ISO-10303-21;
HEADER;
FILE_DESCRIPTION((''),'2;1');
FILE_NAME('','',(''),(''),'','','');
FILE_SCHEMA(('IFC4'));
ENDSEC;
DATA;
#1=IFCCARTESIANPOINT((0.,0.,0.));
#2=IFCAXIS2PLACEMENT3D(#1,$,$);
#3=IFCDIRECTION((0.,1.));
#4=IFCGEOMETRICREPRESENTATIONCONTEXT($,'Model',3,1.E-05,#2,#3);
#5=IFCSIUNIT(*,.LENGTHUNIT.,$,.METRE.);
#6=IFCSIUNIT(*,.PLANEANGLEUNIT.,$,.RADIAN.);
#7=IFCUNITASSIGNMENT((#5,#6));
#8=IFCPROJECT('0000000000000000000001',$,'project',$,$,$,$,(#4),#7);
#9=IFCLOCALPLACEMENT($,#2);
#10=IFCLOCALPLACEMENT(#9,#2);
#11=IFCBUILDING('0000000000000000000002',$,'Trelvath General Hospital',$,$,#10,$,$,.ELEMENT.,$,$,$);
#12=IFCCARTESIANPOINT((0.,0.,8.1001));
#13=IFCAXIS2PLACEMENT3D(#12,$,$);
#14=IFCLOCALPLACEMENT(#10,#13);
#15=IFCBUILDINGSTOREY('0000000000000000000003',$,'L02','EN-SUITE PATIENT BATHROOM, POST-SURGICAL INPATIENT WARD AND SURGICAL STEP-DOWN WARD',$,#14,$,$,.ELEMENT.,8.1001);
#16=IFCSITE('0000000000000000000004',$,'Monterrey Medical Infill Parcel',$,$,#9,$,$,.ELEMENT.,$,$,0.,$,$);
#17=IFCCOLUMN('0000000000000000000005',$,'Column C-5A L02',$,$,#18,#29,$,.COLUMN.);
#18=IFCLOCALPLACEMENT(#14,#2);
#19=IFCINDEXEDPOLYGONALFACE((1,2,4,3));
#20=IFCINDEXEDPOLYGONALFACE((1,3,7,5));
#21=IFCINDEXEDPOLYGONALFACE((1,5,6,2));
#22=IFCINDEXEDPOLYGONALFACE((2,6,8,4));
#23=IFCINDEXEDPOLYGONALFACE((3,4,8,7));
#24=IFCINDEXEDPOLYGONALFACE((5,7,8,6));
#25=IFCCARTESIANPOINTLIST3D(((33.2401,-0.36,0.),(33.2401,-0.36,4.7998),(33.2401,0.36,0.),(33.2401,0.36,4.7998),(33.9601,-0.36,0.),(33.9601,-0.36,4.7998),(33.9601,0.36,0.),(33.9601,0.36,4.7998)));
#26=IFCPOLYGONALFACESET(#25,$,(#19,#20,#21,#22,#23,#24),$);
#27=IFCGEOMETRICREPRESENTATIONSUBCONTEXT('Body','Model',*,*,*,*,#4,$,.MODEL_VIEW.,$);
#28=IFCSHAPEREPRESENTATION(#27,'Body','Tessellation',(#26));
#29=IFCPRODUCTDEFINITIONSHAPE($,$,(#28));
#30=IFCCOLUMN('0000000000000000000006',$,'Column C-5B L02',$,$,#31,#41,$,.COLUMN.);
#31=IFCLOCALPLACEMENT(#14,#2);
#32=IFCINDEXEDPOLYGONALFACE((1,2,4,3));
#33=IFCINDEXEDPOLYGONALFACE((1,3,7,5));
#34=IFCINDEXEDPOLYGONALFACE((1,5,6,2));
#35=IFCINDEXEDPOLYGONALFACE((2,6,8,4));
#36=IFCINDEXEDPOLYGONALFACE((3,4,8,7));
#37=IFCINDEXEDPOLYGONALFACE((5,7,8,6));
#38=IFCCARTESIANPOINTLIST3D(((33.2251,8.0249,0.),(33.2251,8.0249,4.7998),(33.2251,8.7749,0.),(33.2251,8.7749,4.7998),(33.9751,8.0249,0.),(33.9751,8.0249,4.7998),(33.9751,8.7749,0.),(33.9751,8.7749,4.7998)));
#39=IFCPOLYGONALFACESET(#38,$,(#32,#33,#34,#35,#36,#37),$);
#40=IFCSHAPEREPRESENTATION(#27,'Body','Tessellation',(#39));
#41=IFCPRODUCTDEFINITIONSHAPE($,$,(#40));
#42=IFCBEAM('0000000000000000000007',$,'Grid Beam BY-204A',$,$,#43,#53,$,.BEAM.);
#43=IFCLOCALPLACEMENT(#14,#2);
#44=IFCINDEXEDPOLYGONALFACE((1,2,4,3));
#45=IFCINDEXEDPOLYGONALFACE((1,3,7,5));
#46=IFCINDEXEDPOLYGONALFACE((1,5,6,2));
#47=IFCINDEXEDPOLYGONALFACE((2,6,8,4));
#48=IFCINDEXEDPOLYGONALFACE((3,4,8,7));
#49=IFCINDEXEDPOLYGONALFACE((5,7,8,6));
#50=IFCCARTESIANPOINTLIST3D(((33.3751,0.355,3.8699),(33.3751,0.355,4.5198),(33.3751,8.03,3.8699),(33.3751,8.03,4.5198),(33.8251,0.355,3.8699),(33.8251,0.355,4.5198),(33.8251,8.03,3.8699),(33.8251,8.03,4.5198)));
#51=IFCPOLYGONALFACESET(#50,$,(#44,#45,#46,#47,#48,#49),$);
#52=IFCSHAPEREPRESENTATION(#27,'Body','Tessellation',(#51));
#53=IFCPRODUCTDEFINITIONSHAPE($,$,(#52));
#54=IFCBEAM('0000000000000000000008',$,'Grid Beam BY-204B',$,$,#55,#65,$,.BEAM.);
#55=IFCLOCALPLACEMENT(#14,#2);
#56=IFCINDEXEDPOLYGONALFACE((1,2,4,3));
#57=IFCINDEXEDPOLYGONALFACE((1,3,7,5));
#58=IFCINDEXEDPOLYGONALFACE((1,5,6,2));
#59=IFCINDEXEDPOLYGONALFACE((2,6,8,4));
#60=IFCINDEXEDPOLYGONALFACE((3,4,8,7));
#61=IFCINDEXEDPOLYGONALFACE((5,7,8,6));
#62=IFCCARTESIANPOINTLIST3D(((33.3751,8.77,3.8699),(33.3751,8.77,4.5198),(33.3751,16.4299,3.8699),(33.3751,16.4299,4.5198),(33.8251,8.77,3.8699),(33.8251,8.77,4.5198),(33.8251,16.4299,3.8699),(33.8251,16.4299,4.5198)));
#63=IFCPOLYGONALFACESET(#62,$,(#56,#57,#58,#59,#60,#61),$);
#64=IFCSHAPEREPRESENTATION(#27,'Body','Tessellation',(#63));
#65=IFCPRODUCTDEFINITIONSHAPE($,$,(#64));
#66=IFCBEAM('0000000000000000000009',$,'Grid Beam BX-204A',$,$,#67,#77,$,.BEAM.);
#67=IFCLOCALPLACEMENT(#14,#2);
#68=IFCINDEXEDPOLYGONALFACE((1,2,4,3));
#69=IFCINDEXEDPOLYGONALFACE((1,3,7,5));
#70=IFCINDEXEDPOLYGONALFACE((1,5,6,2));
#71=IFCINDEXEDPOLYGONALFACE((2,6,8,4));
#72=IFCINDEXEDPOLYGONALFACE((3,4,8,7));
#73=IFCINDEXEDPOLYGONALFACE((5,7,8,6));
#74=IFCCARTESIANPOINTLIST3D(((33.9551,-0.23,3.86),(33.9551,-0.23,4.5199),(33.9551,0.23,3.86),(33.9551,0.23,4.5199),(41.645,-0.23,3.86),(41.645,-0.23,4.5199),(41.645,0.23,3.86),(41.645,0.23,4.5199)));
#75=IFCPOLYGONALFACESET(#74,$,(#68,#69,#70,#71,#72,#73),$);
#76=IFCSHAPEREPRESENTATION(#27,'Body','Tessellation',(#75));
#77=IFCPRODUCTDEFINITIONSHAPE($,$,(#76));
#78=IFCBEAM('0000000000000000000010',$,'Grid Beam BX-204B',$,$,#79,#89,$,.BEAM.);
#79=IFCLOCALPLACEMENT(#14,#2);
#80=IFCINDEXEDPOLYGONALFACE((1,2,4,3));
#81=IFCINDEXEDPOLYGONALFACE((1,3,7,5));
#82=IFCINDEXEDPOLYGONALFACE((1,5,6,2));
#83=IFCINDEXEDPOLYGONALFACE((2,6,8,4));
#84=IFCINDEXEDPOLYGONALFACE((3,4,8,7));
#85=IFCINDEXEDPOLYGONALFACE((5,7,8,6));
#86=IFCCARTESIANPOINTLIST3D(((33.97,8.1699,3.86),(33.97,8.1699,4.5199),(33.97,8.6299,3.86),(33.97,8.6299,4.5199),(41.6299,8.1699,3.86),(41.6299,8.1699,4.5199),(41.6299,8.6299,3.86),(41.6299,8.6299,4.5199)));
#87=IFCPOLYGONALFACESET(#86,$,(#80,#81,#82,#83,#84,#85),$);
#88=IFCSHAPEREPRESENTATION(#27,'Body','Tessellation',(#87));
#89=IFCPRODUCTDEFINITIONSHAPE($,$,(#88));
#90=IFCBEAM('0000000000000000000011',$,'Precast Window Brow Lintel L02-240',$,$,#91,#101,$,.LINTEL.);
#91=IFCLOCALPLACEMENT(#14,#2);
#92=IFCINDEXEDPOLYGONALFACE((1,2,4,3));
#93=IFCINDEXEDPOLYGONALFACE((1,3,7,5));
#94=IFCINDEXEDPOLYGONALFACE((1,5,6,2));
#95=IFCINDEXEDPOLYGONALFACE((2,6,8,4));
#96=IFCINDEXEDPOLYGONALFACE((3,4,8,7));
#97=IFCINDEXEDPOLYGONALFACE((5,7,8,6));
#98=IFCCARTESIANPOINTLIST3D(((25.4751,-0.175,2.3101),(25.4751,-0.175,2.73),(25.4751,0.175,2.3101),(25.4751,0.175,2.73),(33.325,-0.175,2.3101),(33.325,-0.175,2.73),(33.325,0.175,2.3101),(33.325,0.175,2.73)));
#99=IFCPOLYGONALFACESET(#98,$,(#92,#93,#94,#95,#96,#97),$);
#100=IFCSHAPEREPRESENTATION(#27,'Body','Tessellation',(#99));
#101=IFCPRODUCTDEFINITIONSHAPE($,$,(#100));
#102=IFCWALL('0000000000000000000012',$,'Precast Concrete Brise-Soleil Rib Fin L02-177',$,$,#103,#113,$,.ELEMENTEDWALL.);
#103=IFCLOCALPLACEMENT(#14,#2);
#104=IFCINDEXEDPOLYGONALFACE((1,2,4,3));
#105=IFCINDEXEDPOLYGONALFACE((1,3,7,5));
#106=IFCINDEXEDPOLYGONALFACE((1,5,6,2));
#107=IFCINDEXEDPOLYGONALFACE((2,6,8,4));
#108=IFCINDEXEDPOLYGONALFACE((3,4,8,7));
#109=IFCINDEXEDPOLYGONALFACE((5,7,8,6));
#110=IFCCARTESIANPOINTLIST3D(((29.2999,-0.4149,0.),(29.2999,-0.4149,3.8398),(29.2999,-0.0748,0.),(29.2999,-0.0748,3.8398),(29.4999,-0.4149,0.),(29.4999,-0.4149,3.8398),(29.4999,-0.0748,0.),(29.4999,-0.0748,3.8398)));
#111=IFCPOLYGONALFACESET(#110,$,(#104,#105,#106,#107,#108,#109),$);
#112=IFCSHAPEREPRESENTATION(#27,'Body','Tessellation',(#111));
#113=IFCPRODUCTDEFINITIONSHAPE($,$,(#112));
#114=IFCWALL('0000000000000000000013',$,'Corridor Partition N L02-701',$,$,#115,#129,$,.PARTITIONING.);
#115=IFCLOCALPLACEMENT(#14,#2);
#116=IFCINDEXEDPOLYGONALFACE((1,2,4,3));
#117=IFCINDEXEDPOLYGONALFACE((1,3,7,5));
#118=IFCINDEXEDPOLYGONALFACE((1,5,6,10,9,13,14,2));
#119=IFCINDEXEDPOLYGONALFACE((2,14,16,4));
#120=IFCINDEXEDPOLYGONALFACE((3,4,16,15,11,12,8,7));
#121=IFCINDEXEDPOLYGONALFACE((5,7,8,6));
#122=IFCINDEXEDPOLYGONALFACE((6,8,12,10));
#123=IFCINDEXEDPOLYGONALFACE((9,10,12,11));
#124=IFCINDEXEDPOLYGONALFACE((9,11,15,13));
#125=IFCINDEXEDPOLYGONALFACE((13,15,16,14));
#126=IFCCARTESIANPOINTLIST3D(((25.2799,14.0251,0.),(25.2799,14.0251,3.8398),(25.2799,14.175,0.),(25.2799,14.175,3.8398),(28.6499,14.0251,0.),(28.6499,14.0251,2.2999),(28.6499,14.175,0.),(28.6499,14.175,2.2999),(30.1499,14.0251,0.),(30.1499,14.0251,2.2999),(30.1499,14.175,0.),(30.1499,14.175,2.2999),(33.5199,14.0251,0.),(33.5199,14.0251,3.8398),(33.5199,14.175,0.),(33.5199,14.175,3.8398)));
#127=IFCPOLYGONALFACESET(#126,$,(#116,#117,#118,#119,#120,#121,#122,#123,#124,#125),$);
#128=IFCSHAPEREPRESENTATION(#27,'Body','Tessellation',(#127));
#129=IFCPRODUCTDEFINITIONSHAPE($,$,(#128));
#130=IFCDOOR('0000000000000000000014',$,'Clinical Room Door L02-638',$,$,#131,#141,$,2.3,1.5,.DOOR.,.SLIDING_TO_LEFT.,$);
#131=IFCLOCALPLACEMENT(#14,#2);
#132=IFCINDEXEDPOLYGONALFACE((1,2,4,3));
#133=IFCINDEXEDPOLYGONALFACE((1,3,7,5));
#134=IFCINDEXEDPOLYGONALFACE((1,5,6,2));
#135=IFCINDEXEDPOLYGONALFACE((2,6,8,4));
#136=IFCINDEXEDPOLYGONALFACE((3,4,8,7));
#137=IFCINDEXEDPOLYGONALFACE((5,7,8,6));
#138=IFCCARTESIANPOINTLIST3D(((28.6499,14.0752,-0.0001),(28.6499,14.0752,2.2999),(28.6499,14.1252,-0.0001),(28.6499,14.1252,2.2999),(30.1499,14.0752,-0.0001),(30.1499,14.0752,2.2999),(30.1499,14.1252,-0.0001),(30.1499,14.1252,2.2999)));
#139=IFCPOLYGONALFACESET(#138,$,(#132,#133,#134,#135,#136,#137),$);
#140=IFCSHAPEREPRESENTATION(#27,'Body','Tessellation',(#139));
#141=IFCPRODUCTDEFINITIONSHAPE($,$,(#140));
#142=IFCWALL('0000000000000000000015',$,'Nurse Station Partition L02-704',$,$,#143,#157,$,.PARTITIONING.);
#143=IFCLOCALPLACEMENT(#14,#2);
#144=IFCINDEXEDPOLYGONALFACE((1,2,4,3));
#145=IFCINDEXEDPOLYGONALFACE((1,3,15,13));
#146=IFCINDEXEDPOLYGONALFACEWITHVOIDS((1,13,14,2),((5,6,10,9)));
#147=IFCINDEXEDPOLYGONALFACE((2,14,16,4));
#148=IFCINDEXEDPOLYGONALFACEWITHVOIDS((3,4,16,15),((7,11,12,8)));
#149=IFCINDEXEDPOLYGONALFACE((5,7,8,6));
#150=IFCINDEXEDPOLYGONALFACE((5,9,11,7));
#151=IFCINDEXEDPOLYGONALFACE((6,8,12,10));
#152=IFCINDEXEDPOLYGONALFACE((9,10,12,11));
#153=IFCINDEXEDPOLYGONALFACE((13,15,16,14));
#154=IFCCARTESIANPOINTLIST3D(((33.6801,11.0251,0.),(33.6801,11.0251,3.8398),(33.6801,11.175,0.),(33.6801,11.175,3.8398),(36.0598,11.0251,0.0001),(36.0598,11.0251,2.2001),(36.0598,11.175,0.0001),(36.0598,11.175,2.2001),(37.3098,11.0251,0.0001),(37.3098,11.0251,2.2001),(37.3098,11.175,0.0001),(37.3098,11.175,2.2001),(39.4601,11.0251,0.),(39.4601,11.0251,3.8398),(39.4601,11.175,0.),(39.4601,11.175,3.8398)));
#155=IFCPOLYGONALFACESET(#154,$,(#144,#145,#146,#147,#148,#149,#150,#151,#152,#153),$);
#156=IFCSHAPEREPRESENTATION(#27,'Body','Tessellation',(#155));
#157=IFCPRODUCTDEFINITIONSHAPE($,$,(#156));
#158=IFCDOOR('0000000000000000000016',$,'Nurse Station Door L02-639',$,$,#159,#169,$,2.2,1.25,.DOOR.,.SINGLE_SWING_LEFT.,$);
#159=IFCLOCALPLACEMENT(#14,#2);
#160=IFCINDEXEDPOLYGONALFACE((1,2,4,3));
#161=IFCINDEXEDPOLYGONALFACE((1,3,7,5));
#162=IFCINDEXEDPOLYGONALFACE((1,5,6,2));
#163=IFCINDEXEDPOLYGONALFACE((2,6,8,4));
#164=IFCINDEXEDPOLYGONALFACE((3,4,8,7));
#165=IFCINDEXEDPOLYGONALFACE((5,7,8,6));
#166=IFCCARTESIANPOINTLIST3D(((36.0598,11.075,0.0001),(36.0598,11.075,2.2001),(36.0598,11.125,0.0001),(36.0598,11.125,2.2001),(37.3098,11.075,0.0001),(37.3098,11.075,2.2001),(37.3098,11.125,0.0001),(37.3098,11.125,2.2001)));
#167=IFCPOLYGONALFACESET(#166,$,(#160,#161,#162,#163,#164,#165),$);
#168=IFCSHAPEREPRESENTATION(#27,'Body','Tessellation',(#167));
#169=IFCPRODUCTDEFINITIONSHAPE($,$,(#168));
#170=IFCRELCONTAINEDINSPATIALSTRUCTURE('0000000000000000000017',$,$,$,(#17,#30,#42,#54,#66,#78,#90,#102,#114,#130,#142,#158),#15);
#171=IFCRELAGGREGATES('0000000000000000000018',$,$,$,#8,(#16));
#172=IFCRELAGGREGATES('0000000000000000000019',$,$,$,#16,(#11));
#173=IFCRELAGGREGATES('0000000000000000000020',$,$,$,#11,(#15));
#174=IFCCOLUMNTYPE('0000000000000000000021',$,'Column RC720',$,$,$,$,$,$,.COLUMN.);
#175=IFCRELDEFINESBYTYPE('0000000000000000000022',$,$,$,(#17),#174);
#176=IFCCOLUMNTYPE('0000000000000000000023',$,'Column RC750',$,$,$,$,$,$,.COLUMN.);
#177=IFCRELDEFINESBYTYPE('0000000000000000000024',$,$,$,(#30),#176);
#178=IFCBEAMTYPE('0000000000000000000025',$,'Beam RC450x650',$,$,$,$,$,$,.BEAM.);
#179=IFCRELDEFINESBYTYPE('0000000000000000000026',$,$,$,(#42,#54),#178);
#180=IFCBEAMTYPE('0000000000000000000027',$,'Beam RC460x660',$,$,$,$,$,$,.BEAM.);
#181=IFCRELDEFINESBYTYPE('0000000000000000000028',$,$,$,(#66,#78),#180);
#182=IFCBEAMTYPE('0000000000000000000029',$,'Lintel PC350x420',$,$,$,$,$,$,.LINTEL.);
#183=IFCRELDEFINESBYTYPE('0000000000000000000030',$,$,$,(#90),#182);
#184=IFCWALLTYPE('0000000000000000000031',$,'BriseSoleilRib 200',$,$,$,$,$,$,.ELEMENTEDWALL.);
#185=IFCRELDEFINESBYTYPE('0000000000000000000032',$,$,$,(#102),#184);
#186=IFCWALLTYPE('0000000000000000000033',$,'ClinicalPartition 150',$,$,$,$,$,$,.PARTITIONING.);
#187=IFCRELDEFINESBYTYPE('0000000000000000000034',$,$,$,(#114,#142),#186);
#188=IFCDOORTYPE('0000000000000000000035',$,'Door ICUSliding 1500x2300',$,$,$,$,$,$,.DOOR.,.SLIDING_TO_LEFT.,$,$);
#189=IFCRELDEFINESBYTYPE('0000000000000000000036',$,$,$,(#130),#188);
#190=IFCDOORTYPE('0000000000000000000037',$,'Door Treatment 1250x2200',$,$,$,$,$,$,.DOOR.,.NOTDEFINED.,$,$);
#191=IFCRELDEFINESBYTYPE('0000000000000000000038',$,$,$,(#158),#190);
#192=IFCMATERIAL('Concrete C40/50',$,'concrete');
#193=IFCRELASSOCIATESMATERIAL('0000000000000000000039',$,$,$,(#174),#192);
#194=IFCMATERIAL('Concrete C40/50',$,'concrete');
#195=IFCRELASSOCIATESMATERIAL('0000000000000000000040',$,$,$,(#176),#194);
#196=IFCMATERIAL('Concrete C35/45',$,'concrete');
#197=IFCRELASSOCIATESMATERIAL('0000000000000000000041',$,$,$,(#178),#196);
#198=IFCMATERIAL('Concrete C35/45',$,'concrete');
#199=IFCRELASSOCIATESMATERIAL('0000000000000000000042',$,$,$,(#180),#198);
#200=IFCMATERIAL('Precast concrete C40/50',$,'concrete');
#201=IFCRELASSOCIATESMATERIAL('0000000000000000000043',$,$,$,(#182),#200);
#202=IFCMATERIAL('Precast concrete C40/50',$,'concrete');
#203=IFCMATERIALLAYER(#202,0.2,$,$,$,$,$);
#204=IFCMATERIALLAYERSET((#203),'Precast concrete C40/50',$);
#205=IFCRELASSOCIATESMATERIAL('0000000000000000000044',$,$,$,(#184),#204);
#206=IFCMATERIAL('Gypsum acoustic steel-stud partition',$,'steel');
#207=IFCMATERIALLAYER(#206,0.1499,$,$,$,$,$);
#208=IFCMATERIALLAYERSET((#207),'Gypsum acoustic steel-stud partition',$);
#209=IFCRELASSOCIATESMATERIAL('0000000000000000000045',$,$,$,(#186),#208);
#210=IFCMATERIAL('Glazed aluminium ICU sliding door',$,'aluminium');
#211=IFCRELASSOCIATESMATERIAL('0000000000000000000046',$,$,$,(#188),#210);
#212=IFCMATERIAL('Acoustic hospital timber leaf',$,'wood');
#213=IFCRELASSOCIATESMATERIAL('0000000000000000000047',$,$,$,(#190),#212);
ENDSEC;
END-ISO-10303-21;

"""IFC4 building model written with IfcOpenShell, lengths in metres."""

from ifc_helpers import new_model, si_unit, direction, frame, frame_2d, origin, origin_2d, place, context, subcontext, project, spatial, rectangle, extrude, material, layer, layer_set, material_profile, profile_set, type_object, element, fill, save


model = new_model("IFC4")

# Units and contexts
model_context = context("Model", 3, precision=1e-05, world=origin(), true_north=direction((0.0, 1.0)))
body_context = subcontext(model_context, "Body", "Model", "MODEL_VIEW")
ifc_project = project(units=[si_unit("LENGTHUNIT", "METRE"), si_unit("PLANEANGLEUNIT", "RADIAN")], contexts=[model_context])

# Site, building, storey
site_placement = place(None, origin())
site = spatial("IfcSite", under=ifc_project, at=site_placement, Name="Monterrey Medical Infill Parcel", CompositionType="ELEMENT", RefElevation=0.0)
building_placement = place(site_placement, origin())
building = spatial("IfcBuilding", under=site, at=building_placement, Name="Trelvath General Hospital", CompositionType="ELEMENT")
storey_placement = place(building_placement, frame((0.0, 0.0, 8.1001)))
storey = spatial("IfcBuildingStorey", under=building, at=storey_placement, Name="L02", Description="EN-SUITE PATIENT BATHROOM, POST-SURGICAL INPATIENT WARD AND SURGICAL STEP-DOWN WARD", CompositionType="ELEMENT", Elevation=8.1001)

# Columns
ifc_material_1 = material(Name="Concrete C40/50", Category="concrete")
ifc_material_profile_1 = material_profile(ifc_material_1, rectangle(XDim=0.72, YDim=0.72, at=origin_2d()), Name="RC720x720")
ifc_profile_set_1 = profile_set([ifc_material_profile_1], Name="Concrete C40/50")
column_type_1 = type_object("IfcColumnType", Name="Column RC720", PredefinedType="COLUMN", material=ifc_profile_set_1)
column_1_placement = place(storey_placement, frame((33.6001, 0.0, 0.0), z_axis=(0.0, 0.0, 1.0), x_axis=(1.0, 0.0, 0.0)))
element("IfcColumn", 1, at=column_1_placement, inside=storey, type_object=column_type_1, Name="Column C-5A L02", PredefinedType="COLUMN", context=body_context, shape_type="SweptSolid", body=[
    extrude(rectangle(XDim=0.72, YDim=0.72, at=origin_2d()), origin(), (0.0, 0.0, 1.0), 4.7998),
])
ifc_material_2 = material(Name="Concrete C40/50", Category="concrete")
ifc_material_profile_2 = material_profile(ifc_material_2, rectangle(XDim=0.75, YDim=0.75, at=origin_2d()), Name="RC750x750")
ifc_profile_set_2 = profile_set([ifc_material_profile_2], Name="Concrete C40/50")
column_type_2 = type_object("IfcColumnType", Name="Column RC750", PredefinedType="COLUMN", material=ifc_profile_set_2)
column_2_placement = place(storey_placement, frame((33.6001, 8.3999, 0.0), z_axis=(0.0, 0.0, 1.0), x_axis=(1.0, 0.0, 0.0)))
element("IfcColumn", 2, at=column_2_placement, inside=storey, type_object=column_type_2, Name="Column C-5B L02", PredefinedType="COLUMN", context=body_context, shape_type="SweptSolid", body=[
    extrude(rectangle(XDim=0.75, YDim=0.75, at=origin_2d()), origin(), (0.0, 0.0, 1.0), 4.7998),
])

# Beams
ifc_material_3 = material(Name="Concrete C35/45", Category="concrete")
ifc_material_profile_3 = material_profile(ifc_material_3, rectangle(XDim=0.45, YDim=0.6499, at=origin_2d()), Name="RCB450x650")
ifc_profile_set_3 = profile_set([ifc_material_profile_3], Name="Concrete C35/45")
beam_type_1 = type_object("IfcBeamType", Name="Beam RC450x650", PredefinedType="BEAM", material=ifc_profile_set_3)
beam_1_placement = place(storey_placement, frame((33.6001, 0.355, 4.1948), z_axis=(0.0, 1.0, 0.0), x_axis=(-1.0, 0.0, 0.0)))
element("IfcBeam", 3, at=beam_1_placement, inside=storey, type_object=beam_type_1, Name="Grid Beam BY-204A", PredefinedType="BEAM", context=body_context, shape_type="SweptSolid", body=[
    extrude(rectangle(XDim=0.45, YDim=0.6499, at=origin_2d()), origin(), (0.0, 0.0, 1.0), 7.675),
])
beam_2_placement = place(storey_placement, frame((33.6001, 8.77, 4.1948), z_axis=(0.0, 1.0, 0.0), x_axis=(-1.0, 0.0, 0.0)))
element("IfcBeam", 4, at=beam_2_placement, inside=storey, type_object=beam_type_1, Name="Grid Beam BY-204B", PredefinedType="BEAM", context=body_context, shape_type="SweptSolid", body=[
    extrude(rectangle(XDim=0.45, YDim=0.6499, at=origin_2d()), origin(), (0.0, 0.0, 1.0), 7.6599),
])
ifc_material_4 = material(Name="Concrete C35/45", Category="concrete")
ifc_material_profile_4 = material_profile(ifc_material_4, rectangle(XDim=0.46, YDim=0.6599, at=origin_2d()), Name="RCB460x660")
ifc_profile_set_4 = profile_set([ifc_material_profile_4], Name="Concrete C35/45")
beam_type_2 = type_object("IfcBeamType", Name="Beam RC460x660", PredefinedType="BEAM", material=ifc_profile_set_4)
beam_3_placement = place(storey_placement, frame((33.9551, 0.0, 4.1899), z_axis=(1.0, 0.0, 0.0), x_axis=(0.0, 1.0, 0.0)))
element("IfcBeam", 5, at=beam_3_placement, inside=storey, type_object=beam_type_2, Name="Grid Beam BX-204A", PredefinedType="BEAM", context=body_context, shape_type="SweptSolid", body=[
    extrude(rectangle(XDim=0.46, YDim=0.6599, at=origin_2d()), origin(), (0.0, 0.0, 1.0), 7.6899),
])
beam_4_placement = place(storey_placement, frame((33.97, 8.3999, 4.1899), z_axis=(1.0, 0.0, 0.0), x_axis=(0.0, 1.0, 0.0)))
element("IfcBeam", 6, at=beam_4_placement, inside=storey, type_object=beam_type_2, Name="Grid Beam BX-204B", PredefinedType="BEAM", context=body_context, shape_type="SweptSolid", body=[
    extrude(rectangle(XDim=0.46, YDim=0.6599, at=origin_2d()), origin(), (0.0, 0.0, 1.0), 7.6599),
])
ifc_material_5 = material(Name="Precast concrete C40/50", Category="concrete")
ifc_material_profile_5 = material_profile(ifc_material_5, rectangle(XDim=0.3501, YDim=0.4199, at=origin_2d()), Name="PCL350x420")
ifc_profile_set_5 = profile_set([ifc_material_profile_5], Name="Precast concrete C40/50")
beam_type_3 = type_object("IfcBeamType", Name="Lintel PC350x420", PredefinedType="LINTEL", material=ifc_profile_set_5)
beam_5_placement = place(storey_placement, frame((33.325, 0.0, 2.52), z_axis=(-1.0, 0.0, 0.0), x_axis=(0.0, -1.0, 0.0)))
element("IfcBeam", 7, at=beam_5_placement, inside=storey, type_object=beam_type_3, Name="Precast Window Brow Lintel L02-240", PredefinedType="LINTEL", context=body_context, shape_type="SweptSolid", body=[
    extrude(rectangle(XDim=0.3501, YDim=0.4199, at=origin_2d()), origin(), (0.0, 0.0, 1.0), 7.8499),
])

# Wall
ifc_material_6 = material(Name="Precast concrete C40/50", Category="concrete")
ifc_layer_1 = layer(ifc_material_6, 0.2)
ifc_layer_set_1 = layer_set([ifc_layer_1], Name="Precast concrete C40/50")
wall_type_1 = type_object("IfcWallType", Name="BriseSoleilRib 200", PredefinedType="ELEMENTEDWALL", material=ifc_layer_set_1)
wall_1_placement = place(storey_placement, frame((29.3999, -0.075, 0.0), z_axis=(0.0, 0.0, 1.0), x_axis=(0.0, -1.0, 0.0)))
element("IfcWall", 8, at=wall_1_placement, inside=storey, type_object=wall_type_1, Name="Precast Concrete Brise-Soleil Rib Fin L02-177", PredefinedType="ELEMENTEDWALL", context=body_context, shape_type="SweptSolid", body=[
    extrude(rectangle(XDim=0.3401, YDim=0.2, at=frame_2d((0.1699, 0.0))), origin(), (0.0, 0.0, 1.0), 3.8398),
])

# Walls, openings, doors
ifc_material_7 = material(Name="Gypsum acoustic steel-stud partition", Category="steel")
ifc_layer_2 = layer(ifc_material_7, 0.1499)
ifc_layer_set_2 = layer_set([ifc_layer_2], Name="Gypsum acoustic steel-stud partition")
wall_type_2 = type_object("IfcWallType", Name="ClinicalPartition 150", PredefinedType="PARTITIONING", material=ifc_layer_set_2)
wall_2_placement = place(storey_placement, frame((33.52, 14.1001, 0.0), z_axis=(0.0, 0.0, 1.0), x_axis=(-1.0, 0.0, 0.0)))
wall_2 = element("IfcWall", 9, at=wall_2_placement, inside=storey, type_object=wall_type_2, Name="Corridor Partition N L02-701", PredefinedType="PARTITIONING", context=body_context, shape_type="SweptSolid", body=[
    extrude(rectangle(XDim=8.24, YDim=0.1499, at=frame_2d((4.1201, 0.0))), origin(), (0.0, 0.0, 1.0), 3.8398),
])
opening_1_placement = place(wall_2_placement, frame((3.3701, 0.0, 0.0)))
opening_1 = element("IfcOpeningElement", 10, at=opening_1_placement, cuts=wall_2, PredefinedType="OPENING", context=body_context, shape_type="SweptSolid", body=[
    extrude(rectangle(XDim=1.5, YDim=2.3, at=frame_2d((0.75, 1.1499))), frame((0.0, 0.085, 0.0), z_axis=(0.0, -1.0, 0.0), x_axis=(1.0, 0.0, 0.0)), (0.0, 0.0, 1.0), 0.1699),
])
ifc_material_8 = material(Name="Glazed aluminium ICU sliding door", Category="aluminium")
door_type_1 = type_object("IfcDoorType", Name="Door ICUSliding 1500x2300", OperationType="SLIDING_TO_LEFT", PredefinedType="DOOR", material=ifc_material_8)
door_1_placement = place(opening_1_placement, origin())
door_1 = element("IfcDoor", 11, at=door_1_placement, inside=storey, type_object=door_type_1, Name="Clinical Room Door L02-638", OperationType="SLIDING_TO_LEFT", OverallHeight=2.3, OverallWidth=1.5, PredefinedType="DOOR", context=body_context, shape_type="SweptSolid", body=[
    extrude(rectangle(XDim=1.5, YDim=2.3, at=frame_2d((0.75, 1.1499))), frame((0.0, 0.0249, 0.0), z_axis=(0.0, -1.0, 0.0), x_axis=(1.0, 0.0, 0.0)), (0.0, 0.0, 1.0), 0.05),
])
fill(opening_1, door_1)
wall_3_placement = place(storey_placement, frame((33.6799, 11.1001, 0.0), z_axis=(0.0, 0.0, 1.0), x_axis=(1.0, 0.0, 0.0)))
wall_3 = element("IfcWall", 12, at=wall_3_placement, inside=storey, type_object=wall_type_2, Name="Nurse Station Partition L02-704", PredefinedType="PARTITIONING", context=body_context, shape_type="SweptSolid", body=[
    extrude(rectangle(XDim=5.78, YDim=0.1499, at=frame_2d((2.8901, 0.0))), origin(), (0.0, 0.0, 1.0), 3.8398),
])
opening_2_placement = place(wall_3_placement, frame((2.3799, 0.0, 0.0)))
opening_2 = element("IfcOpeningElement", 13, at=opening_2_placement, cuts=wall_3, PredefinedType="OPENING", context=body_context, shape_type="SweptSolid", body=[
    extrude(rectangle(XDim=1.25, YDim=2.2, at=frame_2d((0.625, 1.1001))), frame((0.0, 0.085, 0.0), z_axis=(0.0, -1.0, 0.0), x_axis=(1.0, 0.0, 0.0)), (0.0, 0.0, 1.0), 0.1699),
])
ifc_material_9 = material(Name="Acoustic hospital timber leaf", Category="wood")
door_type_2 = type_object("IfcDoorType", Name="Door Treatment 1250x2200", OperationType="NOTDEFINED", PredefinedType="DOOR", material=ifc_material_9)
door_2_placement = place(opening_2_placement, origin())
door_2 = element("IfcDoor", 14, at=door_2_placement, inside=storey, type_object=door_type_2, Name="Nurse Station Door L02-639", OperationType="SINGLE_SWING_LEFT", OverallHeight=2.2, OverallWidth=1.25, PredefinedType="DOOR", context=body_context, shape_type="SweptSolid", body=[
    extrude(rectangle(XDim=1.25, YDim=2.2, at=frame_2d((0.625, 1.1001))), frame((0.0, 0.0249, 0.0), z_axis=(0.0, -1.0, 0.0), x_axis=(1.0, 0.0, 0.0)), (0.0, 0.0, 1.0), 0.05),
])
fill(opening_2, door_2)

save(model, "model.ifc")
